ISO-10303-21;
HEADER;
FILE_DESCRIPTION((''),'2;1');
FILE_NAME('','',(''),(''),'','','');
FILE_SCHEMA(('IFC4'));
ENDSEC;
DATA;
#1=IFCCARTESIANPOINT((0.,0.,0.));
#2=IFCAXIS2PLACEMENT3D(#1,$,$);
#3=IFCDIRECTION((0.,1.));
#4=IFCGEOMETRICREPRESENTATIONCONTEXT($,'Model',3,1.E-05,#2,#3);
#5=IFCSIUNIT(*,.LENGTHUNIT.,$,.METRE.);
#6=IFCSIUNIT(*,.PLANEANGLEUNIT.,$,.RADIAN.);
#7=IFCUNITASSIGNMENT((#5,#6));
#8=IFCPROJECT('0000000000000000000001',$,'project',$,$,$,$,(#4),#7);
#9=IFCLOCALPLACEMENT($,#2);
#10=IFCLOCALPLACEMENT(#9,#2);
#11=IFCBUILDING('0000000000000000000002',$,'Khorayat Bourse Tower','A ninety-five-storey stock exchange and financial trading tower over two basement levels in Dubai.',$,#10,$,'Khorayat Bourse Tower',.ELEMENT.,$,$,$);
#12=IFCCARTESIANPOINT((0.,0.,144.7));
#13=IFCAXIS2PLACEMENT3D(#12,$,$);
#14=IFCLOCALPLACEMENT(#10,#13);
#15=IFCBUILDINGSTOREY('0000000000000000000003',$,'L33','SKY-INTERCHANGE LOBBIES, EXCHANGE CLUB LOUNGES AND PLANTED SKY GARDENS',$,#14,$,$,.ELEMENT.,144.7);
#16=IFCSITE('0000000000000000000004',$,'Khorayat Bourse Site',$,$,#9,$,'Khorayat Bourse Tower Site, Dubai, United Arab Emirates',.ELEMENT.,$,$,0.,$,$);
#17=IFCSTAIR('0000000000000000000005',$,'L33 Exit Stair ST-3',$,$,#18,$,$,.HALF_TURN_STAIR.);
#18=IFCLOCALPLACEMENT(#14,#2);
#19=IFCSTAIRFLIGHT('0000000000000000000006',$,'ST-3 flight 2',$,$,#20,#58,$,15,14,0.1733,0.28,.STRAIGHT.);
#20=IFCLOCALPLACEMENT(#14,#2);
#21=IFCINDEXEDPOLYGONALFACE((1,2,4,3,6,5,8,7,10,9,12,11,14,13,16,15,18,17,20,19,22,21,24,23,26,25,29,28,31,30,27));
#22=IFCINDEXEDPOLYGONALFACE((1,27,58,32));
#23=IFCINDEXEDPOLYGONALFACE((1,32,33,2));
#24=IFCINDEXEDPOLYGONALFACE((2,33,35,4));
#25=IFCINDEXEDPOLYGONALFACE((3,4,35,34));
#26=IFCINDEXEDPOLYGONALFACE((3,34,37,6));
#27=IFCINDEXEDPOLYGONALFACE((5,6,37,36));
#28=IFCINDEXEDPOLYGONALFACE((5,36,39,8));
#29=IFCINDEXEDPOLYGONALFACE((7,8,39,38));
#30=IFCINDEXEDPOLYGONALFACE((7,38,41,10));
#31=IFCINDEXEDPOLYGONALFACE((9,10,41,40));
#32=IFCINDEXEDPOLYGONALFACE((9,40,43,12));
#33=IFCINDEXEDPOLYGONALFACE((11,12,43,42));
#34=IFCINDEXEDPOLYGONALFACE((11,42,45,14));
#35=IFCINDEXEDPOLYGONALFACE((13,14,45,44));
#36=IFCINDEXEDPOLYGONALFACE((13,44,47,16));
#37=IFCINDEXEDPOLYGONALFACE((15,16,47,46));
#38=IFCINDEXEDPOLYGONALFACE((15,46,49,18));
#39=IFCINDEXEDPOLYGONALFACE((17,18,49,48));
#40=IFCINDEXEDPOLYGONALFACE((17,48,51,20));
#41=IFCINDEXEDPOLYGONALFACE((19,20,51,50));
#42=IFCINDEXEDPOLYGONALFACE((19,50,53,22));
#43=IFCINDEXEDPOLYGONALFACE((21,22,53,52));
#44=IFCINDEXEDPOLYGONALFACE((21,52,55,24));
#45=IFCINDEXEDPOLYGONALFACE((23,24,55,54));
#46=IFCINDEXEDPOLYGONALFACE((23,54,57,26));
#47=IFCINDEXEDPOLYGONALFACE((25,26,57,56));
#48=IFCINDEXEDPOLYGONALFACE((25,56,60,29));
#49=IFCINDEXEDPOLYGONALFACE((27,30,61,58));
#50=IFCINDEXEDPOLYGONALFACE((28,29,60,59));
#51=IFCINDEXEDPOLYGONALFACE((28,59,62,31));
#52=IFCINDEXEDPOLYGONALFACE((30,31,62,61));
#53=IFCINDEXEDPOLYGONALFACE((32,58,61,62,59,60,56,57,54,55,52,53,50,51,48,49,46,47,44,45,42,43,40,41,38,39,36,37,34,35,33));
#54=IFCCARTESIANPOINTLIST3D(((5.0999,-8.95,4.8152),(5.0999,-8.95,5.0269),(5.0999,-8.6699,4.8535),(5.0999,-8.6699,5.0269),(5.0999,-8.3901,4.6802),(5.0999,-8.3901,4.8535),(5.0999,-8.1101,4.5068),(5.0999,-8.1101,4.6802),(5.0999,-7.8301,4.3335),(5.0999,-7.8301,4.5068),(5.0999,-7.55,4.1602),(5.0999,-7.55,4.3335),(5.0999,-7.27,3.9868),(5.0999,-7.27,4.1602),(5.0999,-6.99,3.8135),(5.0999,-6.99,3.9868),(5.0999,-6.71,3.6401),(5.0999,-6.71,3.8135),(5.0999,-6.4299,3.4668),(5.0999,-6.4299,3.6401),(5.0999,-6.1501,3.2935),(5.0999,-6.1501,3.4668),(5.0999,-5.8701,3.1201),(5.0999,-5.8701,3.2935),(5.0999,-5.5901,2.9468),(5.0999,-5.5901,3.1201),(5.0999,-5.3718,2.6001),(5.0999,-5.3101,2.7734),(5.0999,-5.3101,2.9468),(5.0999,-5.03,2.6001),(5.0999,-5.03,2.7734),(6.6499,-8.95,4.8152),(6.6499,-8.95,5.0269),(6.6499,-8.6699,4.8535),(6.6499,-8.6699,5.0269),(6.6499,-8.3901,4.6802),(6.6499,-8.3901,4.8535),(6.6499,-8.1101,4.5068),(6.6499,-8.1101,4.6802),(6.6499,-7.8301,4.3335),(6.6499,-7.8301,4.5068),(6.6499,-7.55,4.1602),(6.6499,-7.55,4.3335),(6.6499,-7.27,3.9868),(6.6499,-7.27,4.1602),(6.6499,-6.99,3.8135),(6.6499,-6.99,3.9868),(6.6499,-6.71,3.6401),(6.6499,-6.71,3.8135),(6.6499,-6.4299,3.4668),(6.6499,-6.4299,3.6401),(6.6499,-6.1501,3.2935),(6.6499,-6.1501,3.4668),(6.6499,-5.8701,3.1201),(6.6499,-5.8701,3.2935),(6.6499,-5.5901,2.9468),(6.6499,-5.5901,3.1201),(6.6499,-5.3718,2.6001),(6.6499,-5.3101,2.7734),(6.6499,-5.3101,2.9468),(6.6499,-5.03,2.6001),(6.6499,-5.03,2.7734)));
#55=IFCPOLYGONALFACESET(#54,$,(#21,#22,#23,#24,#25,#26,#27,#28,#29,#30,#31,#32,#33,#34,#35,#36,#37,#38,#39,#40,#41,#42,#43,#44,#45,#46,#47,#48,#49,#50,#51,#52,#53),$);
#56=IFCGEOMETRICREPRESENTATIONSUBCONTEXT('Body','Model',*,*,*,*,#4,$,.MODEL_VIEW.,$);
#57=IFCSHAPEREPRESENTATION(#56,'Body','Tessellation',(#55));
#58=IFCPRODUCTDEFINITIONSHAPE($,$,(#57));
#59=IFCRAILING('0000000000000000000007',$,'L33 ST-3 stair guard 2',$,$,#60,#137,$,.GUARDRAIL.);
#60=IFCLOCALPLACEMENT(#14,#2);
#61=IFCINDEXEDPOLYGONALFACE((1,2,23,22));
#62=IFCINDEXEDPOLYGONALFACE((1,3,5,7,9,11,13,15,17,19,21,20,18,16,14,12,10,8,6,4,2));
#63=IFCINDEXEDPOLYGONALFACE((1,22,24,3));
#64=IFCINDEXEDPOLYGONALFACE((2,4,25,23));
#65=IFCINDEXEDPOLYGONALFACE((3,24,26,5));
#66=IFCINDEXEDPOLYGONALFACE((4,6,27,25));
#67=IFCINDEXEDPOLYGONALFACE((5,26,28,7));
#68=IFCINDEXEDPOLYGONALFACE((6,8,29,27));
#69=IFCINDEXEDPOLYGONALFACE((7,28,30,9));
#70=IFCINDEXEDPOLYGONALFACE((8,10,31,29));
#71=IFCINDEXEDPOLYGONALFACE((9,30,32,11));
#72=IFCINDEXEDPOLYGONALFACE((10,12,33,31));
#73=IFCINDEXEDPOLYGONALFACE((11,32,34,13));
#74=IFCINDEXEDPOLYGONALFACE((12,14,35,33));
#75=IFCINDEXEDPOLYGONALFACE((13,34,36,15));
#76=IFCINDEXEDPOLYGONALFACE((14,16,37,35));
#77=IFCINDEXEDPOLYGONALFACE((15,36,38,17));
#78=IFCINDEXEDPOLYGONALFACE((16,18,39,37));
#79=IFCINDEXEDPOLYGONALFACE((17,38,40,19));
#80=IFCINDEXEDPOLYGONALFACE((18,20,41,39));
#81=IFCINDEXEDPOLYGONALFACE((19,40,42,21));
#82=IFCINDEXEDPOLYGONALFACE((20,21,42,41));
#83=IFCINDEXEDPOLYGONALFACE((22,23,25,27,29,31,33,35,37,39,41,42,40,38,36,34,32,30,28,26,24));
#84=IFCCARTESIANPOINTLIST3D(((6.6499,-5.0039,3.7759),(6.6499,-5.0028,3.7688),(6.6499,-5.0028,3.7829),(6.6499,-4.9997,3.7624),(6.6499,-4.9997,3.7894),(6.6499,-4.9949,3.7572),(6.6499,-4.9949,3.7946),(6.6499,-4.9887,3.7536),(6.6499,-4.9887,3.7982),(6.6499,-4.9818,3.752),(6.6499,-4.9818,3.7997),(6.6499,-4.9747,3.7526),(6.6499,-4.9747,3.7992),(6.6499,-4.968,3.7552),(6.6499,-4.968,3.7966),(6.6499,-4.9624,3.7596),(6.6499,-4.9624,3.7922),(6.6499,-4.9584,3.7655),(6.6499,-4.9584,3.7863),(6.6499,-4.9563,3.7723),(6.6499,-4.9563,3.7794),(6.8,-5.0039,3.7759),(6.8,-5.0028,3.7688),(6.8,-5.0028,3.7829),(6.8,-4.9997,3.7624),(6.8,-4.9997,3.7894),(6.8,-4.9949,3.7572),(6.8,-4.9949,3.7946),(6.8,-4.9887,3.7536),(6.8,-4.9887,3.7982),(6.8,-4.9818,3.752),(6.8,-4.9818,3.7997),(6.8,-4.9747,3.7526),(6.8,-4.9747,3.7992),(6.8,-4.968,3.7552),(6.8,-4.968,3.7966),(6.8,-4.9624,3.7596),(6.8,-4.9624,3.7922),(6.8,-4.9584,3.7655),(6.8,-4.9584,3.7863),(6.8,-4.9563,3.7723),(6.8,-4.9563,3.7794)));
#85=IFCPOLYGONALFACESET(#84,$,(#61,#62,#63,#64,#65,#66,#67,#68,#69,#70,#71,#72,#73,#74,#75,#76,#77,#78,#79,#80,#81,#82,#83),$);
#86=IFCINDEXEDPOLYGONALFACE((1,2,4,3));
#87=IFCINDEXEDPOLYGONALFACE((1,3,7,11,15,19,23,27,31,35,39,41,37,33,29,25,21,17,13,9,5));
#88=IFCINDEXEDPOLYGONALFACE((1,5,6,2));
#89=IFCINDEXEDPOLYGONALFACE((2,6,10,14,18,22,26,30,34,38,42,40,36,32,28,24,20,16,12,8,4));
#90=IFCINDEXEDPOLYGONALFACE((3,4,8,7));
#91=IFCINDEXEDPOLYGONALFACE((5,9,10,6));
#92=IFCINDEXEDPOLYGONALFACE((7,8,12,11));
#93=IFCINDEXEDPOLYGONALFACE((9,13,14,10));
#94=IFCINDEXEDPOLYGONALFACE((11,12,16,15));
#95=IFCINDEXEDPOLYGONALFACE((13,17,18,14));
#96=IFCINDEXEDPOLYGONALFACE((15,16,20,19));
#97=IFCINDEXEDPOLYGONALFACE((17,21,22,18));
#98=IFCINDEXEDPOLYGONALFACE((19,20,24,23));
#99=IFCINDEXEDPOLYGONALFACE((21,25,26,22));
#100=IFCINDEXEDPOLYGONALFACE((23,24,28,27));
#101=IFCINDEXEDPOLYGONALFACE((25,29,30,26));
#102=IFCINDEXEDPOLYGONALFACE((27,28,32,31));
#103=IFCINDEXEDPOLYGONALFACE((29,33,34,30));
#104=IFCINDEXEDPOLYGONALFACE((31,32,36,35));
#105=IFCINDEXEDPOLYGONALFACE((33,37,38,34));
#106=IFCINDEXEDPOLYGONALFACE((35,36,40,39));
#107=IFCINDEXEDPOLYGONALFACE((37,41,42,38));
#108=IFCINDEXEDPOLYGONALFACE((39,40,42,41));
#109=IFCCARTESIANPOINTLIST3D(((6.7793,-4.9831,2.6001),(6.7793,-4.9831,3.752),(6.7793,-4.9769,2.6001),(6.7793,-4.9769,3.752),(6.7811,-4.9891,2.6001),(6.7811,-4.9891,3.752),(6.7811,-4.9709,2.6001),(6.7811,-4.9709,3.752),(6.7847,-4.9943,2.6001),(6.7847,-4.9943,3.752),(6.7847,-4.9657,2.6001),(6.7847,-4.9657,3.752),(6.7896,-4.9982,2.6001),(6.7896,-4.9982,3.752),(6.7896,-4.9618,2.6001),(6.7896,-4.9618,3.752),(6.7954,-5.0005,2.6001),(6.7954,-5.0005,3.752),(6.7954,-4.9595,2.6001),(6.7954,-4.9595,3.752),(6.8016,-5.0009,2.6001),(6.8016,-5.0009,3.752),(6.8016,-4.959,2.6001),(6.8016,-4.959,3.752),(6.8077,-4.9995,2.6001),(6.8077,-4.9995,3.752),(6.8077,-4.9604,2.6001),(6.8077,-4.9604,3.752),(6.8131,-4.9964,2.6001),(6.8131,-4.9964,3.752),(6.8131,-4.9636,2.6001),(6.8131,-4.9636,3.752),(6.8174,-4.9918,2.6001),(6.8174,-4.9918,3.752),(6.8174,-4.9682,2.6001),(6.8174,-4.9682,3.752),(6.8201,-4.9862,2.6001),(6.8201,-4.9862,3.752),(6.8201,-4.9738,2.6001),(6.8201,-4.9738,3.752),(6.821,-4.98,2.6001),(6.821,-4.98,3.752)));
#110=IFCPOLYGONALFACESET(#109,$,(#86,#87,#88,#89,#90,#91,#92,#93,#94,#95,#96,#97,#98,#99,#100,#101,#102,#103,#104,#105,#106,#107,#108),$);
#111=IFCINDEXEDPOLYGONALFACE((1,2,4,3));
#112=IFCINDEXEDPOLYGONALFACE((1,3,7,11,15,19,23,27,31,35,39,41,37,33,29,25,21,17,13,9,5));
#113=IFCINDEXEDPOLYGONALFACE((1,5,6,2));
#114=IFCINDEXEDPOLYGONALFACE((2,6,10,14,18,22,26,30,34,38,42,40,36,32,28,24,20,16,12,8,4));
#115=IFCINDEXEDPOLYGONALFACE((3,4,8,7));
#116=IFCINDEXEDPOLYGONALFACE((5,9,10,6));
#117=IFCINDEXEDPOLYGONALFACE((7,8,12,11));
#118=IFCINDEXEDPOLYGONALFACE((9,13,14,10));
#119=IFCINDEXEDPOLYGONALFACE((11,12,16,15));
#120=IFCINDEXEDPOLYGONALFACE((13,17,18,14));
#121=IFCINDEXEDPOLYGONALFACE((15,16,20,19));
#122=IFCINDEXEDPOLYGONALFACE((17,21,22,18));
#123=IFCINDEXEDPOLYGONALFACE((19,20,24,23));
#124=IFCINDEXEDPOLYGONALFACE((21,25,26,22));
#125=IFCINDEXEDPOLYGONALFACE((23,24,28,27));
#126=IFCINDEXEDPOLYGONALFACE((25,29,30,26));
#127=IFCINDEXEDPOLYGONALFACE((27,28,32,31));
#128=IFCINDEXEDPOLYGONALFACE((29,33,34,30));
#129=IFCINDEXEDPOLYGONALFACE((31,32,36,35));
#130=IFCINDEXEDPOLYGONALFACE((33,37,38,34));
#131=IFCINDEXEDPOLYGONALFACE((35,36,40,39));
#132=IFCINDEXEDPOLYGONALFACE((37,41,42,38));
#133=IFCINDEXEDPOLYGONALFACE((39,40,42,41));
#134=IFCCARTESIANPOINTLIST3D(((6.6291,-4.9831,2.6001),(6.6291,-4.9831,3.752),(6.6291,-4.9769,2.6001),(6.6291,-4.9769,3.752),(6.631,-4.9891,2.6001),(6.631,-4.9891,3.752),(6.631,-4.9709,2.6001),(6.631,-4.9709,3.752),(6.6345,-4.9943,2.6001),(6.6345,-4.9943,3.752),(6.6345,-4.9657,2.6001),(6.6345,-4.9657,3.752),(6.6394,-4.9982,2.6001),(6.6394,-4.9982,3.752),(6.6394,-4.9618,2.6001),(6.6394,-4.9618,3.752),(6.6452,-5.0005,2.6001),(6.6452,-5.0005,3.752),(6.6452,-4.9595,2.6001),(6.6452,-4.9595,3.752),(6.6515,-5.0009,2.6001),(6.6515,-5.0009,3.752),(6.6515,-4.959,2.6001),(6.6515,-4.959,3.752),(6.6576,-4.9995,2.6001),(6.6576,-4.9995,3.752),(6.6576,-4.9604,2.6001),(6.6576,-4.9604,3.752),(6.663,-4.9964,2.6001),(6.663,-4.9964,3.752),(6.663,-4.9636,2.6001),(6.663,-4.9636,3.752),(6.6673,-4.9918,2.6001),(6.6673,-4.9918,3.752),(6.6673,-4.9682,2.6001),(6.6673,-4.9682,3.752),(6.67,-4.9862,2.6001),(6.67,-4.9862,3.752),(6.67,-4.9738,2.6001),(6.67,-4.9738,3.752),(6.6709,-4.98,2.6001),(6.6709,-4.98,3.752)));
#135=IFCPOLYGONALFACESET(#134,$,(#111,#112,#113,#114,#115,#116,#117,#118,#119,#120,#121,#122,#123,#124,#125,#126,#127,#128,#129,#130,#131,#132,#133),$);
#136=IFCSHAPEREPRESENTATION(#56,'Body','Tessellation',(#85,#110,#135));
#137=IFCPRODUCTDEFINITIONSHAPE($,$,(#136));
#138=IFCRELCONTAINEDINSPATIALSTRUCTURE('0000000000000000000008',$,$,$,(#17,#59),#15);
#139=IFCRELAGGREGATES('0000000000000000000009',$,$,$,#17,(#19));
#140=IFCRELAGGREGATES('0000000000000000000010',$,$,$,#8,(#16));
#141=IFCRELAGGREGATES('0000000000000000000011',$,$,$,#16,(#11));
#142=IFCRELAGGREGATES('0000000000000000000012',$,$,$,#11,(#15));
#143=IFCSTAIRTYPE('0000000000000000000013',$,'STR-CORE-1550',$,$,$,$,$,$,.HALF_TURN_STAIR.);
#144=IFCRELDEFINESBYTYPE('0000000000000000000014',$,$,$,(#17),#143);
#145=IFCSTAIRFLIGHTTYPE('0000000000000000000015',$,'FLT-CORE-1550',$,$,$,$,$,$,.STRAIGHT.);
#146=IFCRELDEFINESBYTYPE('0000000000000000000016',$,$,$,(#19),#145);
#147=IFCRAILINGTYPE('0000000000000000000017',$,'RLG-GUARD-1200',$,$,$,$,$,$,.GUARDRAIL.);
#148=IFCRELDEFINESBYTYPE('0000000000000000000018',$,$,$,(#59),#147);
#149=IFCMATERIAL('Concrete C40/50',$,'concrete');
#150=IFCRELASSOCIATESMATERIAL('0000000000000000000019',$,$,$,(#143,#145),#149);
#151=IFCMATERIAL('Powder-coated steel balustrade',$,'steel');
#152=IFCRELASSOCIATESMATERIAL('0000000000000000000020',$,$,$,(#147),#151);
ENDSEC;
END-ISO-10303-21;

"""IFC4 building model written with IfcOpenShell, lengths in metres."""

from ifc_helpers import new_model, si_unit, direction, frame, origin, origin_2d, place, context, subcontext, project, spatial, polyline, circle, outline, extrude, source, transform, mapped, material, type_object, element, aggregate, save


model = new_model("IFC4")

# Units and contexts
model_context = context("Model", 3, precision=1e-05, world=origin(), true_north=direction((0.0, 1.0)))
body_context = subcontext(model_context, "Body", "Model", "MODEL_VIEW")
ifc_project = project(units=[si_unit("LENGTHUNIT", "METRE"), si_unit("PLANEANGLEUNIT", "RADIAN")], contexts=[model_context])

# Site, building, storey
site_placement = place(None, origin())
site = spatial("IfcSite", under=ifc_project, at=site_placement, Name="Khorayat Bourse Site", LongName="Khorayat Bourse Tower Site, Dubai, United Arab Emirates", CompositionType="ELEMENT", RefElevation=0.0)
building_placement = place(site_placement, origin())
building = spatial("IfcBuilding", under=site, at=building_placement, Name="Khorayat Bourse Tower", Description="A ninety-five-storey stock exchange and financial trading tower over two basement levels in Dubai.", LongName="Khorayat Bourse Tower", CompositionType="ELEMENT")
storey_placement = place(building_placement, frame((0.0, 0.0, 144.7)))
storey = spatial("IfcBuildingStorey", under=building, at=storey_placement, Name="L33", Description="SKY-INTERCHANGE LOBBIES, EXCHANGE CLUB LOUNGES AND PLANTED SKY GARDENS", CompositionType="ELEMENT", Elevation=144.7)

# Shared definitions
ifc_material_1 = material(Name="Concrete C40/50", Category="concrete")

# Stair, stair flight
stair_type = type_object("IfcStairType", Name="STR-CORE-1550", PredefinedType="HALF_TURN_STAIR", material=ifc_material_1)
stair_placement = place(storey_placement, origin())
stair = element("IfcStair", 1, at=stair_placement, inside=storey, type_object=stair_type, Name="L33 Exit Stair ST-3", PredefinedType="HALF_TURN_STAIR")
stair_flight_type = type_object("IfcStairFlightType", Name="FLT-CORE-1550", PredefinedType="STRAIGHT", material=ifc_material_1)
shared_shape_1 = source(origin(), body_context, "Body", "SweptSolid", [
    extrude(outline(polyline([(0.0, 0.0), (0.0, 0.1733), (0.28, 0.1733), (0.28, 0.3467), (0.5601, 0.3467), (0.5601, 0.52), (0.8401, 0.52), (0.8401, 0.6934), (1.1201, 0.6934), (1.1201, 0.8667), (1.3999, 0.8667), (1.3999, 1.04), (1.6799, 1.04), (1.6799, 1.2134), (1.96, 1.2134), (1.96, 1.3867), (2.24, 1.3867), (2.24, 1.5601), (2.52, 1.5601), (2.52, 1.7334), (2.8, 1.7334), (2.8, 1.9067), (3.0801, 1.9067), (3.0801, 2.0801), (3.3601, 2.0801), (3.3601, 2.2534), (3.6399, 2.2534), (3.6399, 2.4268), (3.9199, 2.4268), (3.9199, 2.6001), (3.9199, 2.2151), (0.3418, 0.0), (0.0, 0.0)])), frame((0.0, 0.7749, 0.0), z_axis=(0.0, -1.0, 0.0), x_axis=(1.0, 0.0, 0.0)), (0.0, 0.0, 1.0), 1.55),
])
stair_flight_placement = place(storey_placement, frame((5.875, -5.03, 2.6001), z_axis=(0.0, 0.0, 1.0), x_axis=(0.0, -1.0, 0.0)))
stair_flight = element("IfcStairFlight", 2, at=stair_flight_placement, type_object=stair_flight_type, Name="ST-3 flight 2", NumberOfRisers=15, NumberOfTreads=14, PredefinedType="STRAIGHT", RiserHeight=0.1733, TreadLength=0.28, context=body_context, shape_type="MappedRepresentation", body=[
    mapped(shared_shape_1, transform((0.0, 0.0, 0.0), scale=1.0)),
])
aggregate(stair, [stair_flight])

# Railing
ifc_material_2 = material(Name="Powder-coated steel balustrade", Category="steel")
railing_type_1 = type_object("IfcRailingType", Name="RLG-GUARD-1200", PredefinedType="GUARDRAIL", material=ifc_material_2)
shared_shape_2 = source(origin(), body_context, "Body", "SweptSolid", [
    extrude(circle(Radius=0.0239, at=origin_2d()), frame((0.0, 0.0, 1.1758), z_axis=(-1.0, 0.0, 0.0), x_axis=(0.0, -1.0, 0.0)), (0.0, 0.0, 1.0), 0.1501),
    extrude(circle(Radius=0.021, at=origin_2d()), origin(), (0.0, 0.0, 1.0), 1.1519),
    extrude(circle(Radius=0.021, at=origin_2d()), frame((-0.1501, 0.0, 0.0)), (0.0, 0.0, 1.0), 1.1519),
])
railing_1_placement = place(storey_placement, frame((6.8, -4.98, 2.6001)))
element("IfcRailing", 3, at=railing_1_placement, inside=storey, type_object=railing_type_1, Name="L33 ST-3 stair guard 2", PredefinedType="GUARDRAIL", context=body_context, shape_type="MappedRepresentation", body=[
    mapped(shared_shape_2, transform((0.0, 0.0, 0.0), scale=1.0)),
])

save(model, "model.ifc")
